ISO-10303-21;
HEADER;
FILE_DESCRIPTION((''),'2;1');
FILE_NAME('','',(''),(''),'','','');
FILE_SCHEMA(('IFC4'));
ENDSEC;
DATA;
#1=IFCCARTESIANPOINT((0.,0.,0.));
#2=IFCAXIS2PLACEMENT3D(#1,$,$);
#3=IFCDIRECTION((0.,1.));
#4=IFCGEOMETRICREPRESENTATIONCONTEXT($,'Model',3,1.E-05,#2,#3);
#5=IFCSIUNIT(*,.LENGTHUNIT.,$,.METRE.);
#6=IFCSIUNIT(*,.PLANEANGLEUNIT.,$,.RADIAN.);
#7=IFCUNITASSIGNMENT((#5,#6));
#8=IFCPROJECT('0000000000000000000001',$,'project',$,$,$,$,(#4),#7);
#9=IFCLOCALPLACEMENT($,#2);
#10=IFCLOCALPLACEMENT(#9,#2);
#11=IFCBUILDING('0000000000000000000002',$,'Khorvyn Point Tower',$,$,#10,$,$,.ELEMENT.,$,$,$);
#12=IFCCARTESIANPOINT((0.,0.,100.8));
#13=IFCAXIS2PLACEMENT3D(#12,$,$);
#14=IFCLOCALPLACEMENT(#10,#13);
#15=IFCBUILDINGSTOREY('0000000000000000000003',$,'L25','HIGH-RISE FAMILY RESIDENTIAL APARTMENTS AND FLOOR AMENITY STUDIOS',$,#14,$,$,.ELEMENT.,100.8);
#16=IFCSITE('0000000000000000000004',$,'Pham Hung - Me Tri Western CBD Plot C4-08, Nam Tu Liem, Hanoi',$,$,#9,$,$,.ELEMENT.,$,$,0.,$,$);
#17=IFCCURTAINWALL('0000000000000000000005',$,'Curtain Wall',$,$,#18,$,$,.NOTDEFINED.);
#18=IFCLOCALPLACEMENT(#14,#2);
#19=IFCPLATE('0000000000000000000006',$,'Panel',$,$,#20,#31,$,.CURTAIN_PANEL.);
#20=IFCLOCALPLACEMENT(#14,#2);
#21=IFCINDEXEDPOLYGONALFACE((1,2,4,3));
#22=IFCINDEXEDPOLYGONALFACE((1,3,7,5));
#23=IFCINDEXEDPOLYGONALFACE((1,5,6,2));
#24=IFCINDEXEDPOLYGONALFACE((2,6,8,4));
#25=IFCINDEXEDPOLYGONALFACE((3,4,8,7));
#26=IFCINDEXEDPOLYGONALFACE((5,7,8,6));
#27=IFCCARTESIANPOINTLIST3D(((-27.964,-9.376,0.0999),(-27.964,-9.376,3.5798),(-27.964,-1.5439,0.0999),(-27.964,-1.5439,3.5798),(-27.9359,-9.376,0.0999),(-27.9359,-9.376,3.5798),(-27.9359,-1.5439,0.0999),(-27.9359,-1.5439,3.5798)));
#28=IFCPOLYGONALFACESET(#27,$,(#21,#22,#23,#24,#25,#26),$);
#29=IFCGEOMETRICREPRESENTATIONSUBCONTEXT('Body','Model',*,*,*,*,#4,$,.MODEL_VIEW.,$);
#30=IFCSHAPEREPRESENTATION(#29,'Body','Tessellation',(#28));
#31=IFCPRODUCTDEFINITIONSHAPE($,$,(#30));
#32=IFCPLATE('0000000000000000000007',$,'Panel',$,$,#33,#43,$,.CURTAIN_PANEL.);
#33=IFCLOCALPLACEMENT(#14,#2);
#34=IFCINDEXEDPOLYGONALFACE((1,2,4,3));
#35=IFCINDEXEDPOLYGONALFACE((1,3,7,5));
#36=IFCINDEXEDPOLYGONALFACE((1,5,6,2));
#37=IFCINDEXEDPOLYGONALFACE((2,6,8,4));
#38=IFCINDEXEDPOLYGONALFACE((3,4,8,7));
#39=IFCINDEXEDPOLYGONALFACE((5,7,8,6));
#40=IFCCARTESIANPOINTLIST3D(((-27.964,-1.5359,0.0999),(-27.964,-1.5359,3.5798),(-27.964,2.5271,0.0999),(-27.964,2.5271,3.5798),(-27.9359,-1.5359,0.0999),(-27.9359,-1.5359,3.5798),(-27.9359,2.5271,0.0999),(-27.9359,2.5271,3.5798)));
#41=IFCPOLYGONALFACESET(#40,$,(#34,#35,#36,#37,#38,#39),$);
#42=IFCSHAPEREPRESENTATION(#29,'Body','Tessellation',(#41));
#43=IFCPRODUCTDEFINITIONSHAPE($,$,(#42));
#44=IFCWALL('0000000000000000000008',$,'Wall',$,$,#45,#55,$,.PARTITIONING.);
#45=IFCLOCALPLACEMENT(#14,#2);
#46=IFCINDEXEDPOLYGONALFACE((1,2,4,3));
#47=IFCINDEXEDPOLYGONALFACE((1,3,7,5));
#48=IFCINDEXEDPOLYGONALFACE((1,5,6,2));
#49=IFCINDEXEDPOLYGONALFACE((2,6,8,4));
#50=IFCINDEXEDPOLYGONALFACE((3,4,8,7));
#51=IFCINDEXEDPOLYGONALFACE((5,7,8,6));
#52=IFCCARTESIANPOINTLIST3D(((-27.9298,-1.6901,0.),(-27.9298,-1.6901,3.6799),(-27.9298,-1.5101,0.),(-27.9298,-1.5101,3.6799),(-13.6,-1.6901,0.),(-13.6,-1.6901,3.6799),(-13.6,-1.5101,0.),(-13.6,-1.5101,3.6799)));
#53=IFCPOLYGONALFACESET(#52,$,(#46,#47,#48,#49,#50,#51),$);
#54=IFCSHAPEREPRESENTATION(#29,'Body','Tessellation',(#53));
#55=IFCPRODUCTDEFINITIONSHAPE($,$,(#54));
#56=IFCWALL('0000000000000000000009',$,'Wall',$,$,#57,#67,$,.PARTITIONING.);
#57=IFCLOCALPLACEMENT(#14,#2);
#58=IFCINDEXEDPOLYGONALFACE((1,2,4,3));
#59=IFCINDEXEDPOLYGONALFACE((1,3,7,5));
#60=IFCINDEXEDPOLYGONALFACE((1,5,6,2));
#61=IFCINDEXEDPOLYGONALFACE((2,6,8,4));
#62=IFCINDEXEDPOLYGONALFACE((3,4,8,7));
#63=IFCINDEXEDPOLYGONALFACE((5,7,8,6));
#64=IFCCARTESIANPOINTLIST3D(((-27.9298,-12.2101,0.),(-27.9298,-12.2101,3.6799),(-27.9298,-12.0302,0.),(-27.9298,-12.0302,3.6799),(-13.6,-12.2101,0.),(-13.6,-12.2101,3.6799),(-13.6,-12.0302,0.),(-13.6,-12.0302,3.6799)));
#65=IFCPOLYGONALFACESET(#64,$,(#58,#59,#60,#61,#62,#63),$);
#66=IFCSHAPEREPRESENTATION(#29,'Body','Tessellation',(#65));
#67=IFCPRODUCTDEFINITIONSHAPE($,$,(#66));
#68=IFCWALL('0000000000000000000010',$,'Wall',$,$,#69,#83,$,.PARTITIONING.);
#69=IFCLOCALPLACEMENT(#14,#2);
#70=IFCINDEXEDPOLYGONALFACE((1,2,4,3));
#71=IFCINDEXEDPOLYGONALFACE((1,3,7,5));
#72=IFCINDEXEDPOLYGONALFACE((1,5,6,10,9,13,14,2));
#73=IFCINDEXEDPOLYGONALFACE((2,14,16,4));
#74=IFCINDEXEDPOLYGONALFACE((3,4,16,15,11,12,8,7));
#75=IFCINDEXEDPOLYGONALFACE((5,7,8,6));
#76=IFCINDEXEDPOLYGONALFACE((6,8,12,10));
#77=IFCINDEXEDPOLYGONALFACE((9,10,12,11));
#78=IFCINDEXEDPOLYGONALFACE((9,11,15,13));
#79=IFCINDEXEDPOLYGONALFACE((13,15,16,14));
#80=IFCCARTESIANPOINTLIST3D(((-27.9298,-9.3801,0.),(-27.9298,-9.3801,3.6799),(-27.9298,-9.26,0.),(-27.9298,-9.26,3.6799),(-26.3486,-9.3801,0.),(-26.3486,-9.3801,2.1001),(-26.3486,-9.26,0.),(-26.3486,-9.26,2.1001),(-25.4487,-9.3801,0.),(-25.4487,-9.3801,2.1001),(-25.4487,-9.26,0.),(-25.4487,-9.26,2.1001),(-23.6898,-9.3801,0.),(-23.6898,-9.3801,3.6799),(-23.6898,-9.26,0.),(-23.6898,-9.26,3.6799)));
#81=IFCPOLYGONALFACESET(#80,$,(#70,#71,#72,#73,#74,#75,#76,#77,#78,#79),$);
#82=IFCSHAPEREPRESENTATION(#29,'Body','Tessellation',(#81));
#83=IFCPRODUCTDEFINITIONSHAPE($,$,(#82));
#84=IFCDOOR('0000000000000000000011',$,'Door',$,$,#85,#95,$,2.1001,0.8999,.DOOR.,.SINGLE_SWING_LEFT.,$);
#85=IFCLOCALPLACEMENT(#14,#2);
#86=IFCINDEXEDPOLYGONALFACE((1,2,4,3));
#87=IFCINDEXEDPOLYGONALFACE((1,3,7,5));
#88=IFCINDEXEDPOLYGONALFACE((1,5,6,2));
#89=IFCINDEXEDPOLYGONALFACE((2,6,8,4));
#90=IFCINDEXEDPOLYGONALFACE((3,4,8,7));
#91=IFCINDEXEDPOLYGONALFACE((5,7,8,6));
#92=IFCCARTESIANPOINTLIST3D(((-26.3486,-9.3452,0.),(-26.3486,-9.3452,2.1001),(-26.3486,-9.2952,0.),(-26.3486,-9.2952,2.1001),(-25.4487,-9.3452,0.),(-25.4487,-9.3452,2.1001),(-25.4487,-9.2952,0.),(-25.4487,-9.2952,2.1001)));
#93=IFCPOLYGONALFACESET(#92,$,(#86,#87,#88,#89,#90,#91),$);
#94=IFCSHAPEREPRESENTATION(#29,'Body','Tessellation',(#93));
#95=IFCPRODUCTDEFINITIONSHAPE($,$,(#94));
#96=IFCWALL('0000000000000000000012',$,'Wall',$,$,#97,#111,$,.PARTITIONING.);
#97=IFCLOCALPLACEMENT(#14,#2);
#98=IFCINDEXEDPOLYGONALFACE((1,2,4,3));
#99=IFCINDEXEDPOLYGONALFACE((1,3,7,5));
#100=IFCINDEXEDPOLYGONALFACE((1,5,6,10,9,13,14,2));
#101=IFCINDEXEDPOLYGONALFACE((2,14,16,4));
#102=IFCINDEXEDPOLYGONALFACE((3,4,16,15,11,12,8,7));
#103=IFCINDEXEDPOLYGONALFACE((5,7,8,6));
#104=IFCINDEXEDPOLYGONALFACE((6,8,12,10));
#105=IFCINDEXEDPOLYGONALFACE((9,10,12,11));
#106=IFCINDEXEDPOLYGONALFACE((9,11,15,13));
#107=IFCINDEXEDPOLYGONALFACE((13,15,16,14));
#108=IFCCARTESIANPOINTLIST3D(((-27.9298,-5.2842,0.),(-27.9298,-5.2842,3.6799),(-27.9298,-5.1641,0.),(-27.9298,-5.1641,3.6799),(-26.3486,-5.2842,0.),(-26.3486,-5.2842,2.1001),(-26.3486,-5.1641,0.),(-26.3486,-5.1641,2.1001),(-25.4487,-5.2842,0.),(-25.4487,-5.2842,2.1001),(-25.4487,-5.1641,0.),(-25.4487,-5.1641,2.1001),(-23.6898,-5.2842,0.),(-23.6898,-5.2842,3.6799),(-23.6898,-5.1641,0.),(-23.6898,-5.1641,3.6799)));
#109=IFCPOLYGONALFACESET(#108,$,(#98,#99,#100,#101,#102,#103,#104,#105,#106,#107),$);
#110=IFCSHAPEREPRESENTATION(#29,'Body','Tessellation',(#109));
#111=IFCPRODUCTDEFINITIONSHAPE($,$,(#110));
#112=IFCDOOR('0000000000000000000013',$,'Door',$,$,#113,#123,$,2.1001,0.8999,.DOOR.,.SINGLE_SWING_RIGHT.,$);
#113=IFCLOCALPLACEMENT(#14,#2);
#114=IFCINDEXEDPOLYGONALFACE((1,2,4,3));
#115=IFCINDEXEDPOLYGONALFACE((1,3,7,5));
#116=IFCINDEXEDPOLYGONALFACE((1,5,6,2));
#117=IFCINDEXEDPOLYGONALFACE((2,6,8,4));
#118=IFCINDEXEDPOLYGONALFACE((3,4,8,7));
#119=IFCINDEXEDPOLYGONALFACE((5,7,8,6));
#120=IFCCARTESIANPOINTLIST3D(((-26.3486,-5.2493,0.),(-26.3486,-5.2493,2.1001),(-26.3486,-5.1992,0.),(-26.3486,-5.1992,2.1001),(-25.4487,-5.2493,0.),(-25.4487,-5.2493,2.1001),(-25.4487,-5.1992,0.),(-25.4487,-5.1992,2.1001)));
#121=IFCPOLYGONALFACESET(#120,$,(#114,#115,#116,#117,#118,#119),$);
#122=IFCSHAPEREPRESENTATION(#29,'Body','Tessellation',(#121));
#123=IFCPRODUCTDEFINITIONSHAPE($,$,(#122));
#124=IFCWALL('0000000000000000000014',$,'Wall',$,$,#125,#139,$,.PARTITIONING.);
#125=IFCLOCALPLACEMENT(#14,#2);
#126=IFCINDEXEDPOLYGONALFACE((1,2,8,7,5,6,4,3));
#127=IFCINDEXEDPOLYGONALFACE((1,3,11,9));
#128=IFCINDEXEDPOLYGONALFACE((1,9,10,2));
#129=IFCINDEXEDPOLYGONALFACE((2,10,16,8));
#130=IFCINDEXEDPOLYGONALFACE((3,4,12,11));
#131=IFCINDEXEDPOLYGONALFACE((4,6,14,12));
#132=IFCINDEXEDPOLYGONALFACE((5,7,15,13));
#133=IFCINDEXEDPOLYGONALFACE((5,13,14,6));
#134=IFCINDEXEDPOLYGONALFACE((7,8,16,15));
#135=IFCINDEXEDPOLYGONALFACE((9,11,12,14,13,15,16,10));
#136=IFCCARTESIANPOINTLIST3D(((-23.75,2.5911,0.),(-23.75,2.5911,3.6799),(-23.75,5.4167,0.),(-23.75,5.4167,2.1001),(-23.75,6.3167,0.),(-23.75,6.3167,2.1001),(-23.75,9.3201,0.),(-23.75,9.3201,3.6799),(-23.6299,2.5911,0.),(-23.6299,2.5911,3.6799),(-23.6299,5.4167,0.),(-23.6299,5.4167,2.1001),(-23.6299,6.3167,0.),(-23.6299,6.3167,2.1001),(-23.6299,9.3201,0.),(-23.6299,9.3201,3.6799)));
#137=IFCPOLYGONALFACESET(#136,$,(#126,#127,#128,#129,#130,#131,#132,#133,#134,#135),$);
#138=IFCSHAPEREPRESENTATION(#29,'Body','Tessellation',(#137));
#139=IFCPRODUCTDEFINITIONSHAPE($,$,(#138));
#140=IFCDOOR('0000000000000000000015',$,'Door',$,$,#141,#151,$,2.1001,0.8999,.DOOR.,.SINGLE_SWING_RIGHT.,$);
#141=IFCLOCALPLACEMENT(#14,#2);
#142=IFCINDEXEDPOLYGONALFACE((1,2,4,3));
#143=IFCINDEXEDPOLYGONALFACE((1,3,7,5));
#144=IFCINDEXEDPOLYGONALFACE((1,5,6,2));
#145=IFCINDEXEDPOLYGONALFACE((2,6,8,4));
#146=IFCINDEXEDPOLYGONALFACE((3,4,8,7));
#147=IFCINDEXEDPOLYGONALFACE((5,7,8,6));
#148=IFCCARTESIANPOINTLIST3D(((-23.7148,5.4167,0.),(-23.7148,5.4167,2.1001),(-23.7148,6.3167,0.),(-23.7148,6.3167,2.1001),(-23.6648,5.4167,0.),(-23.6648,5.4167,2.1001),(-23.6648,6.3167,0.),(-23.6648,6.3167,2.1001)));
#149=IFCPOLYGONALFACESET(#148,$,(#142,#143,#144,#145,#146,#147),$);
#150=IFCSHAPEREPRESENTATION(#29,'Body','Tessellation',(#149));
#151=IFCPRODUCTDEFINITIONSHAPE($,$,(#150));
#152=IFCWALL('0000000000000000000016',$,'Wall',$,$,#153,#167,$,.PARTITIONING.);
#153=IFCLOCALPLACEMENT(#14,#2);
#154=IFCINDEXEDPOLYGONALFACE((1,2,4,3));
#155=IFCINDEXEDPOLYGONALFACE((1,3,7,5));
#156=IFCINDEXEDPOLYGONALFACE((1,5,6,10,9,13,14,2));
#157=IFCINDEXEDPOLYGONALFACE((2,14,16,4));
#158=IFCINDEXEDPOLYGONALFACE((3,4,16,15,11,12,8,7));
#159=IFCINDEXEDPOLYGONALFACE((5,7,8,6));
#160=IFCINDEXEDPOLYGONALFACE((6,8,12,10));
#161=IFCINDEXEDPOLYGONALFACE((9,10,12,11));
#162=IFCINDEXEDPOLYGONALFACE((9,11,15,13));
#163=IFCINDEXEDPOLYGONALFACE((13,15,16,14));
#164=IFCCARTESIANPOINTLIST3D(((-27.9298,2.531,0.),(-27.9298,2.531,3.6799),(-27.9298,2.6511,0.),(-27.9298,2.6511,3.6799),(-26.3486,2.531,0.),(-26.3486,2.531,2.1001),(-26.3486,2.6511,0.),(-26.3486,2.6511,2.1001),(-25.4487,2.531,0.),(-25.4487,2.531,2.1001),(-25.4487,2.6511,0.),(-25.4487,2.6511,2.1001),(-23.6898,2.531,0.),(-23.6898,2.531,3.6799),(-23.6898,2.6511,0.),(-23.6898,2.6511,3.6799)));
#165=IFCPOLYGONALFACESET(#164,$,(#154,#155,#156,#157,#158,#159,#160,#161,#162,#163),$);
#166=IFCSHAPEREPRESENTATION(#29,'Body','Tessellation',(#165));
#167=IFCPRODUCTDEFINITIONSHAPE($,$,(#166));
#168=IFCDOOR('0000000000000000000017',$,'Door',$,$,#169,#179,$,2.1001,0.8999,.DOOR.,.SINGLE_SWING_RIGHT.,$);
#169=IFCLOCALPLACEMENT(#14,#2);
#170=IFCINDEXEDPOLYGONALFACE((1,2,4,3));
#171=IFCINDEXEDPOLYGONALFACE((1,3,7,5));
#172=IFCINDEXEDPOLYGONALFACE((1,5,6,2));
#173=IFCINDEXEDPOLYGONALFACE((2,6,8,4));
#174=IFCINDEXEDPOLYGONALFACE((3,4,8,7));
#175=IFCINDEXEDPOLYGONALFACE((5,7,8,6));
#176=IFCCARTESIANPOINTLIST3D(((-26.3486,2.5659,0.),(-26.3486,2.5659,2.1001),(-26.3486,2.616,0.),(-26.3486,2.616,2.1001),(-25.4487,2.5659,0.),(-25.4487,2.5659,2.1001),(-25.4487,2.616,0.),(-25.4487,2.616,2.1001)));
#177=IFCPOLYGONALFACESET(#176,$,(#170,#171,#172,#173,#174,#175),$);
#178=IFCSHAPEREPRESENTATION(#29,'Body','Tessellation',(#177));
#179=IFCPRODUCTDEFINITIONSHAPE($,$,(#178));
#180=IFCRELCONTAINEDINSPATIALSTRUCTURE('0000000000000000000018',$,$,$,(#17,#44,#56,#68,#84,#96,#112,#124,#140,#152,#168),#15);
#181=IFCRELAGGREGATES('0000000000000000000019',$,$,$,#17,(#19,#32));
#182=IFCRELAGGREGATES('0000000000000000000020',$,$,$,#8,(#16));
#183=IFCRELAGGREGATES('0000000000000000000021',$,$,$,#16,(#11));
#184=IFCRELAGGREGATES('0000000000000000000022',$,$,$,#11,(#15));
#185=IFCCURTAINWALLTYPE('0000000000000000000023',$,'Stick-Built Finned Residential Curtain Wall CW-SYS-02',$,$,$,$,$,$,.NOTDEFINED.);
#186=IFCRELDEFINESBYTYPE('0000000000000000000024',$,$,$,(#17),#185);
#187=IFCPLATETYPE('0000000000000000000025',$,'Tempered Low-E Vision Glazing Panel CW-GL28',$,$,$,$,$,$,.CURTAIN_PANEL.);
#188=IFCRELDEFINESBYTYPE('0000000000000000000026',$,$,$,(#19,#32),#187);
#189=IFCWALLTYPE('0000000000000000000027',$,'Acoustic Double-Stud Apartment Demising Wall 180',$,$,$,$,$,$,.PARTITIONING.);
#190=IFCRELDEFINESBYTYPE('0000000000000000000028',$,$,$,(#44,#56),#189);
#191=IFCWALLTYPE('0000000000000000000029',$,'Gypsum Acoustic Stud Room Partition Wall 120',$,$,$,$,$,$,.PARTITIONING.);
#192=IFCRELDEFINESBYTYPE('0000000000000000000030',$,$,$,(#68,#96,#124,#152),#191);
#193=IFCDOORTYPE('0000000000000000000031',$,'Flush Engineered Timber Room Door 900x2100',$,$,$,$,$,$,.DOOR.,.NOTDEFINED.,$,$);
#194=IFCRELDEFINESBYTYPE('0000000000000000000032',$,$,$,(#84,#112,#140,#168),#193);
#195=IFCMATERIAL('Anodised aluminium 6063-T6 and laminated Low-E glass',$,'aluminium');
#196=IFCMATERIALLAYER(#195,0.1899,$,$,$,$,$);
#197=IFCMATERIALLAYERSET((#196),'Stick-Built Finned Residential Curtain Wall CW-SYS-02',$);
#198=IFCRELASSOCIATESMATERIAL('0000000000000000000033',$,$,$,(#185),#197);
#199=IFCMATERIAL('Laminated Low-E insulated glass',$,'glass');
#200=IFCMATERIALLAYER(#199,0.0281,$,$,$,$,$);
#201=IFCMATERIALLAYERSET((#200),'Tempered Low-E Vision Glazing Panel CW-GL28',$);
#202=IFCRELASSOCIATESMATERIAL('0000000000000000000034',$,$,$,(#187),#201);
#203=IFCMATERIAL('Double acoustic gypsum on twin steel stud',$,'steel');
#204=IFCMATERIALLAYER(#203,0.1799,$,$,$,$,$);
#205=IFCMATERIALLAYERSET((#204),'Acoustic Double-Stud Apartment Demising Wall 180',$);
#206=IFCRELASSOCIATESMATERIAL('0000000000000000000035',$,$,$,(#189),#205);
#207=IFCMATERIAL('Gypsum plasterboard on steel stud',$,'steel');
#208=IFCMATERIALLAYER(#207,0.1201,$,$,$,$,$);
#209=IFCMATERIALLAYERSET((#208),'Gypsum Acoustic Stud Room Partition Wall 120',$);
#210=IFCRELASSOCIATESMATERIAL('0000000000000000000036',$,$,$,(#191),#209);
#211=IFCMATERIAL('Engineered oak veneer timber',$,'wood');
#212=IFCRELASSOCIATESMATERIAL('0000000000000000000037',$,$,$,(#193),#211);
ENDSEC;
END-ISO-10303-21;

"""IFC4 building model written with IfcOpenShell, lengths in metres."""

from ifc_helpers import new_model, si_unit, direction, frame, frame_2d, origin, origin_2d, place, context, subcontext, project, spatial, rectangle, extrude, material, layer, layer_set, type_object, element, fill, aggregate, save


model = new_model("IFC4")

# Units and contexts
model_context = context("Model", 3, precision=1e-05, world=origin(), true_north=direction((0.0, 1.0)))
body_context = subcontext(model_context, "Body", "Model", "MODEL_VIEW")
ifc_project = project(units=[si_unit("LENGTHUNIT", "METRE"), si_unit("PLANEANGLEUNIT", "RADIAN")], contexts=[model_context])

# Site, building, storey
site_placement = place(None, origin())
site = spatial("IfcSite", under=ifc_project, at=site_placement, Name="Pham Hung - Me Tri Western CBD Plot C4-08, Nam Tu Liem, Hanoi", CompositionType="ELEMENT", RefElevation=0.0)
building_placement = place(site_placement, origin())
building = spatial("IfcBuilding", under=site, at=building_placement, Name="Khorvyn Point Tower", CompositionType="ELEMENT")
storey_placement = place(building_placement, frame((0.0, 0.0, 100.8)))
storey = spatial("IfcBuildingStorey", under=building, at=storey_placement, Name="L25", Description="HIGH-RISE FAMILY RESIDENTIAL APARTMENTS AND FLOOR AMENITY STUDIOS", CompositionType="ELEMENT", Elevation=100.8)

# Curtain wall, plates
ifc_material_1 = material(Name="Anodised aluminium 6063-T6 and laminated Low-E glass", Category="aluminium")
ifc_layer_1 = layer(ifc_material_1, 0.1899)
ifc_layer_set_1 = layer_set([ifc_layer_1], Name="Stick-Built Finned Residential Curtain Wall CW-SYS-02")
curtain_wall_type = type_object("IfcCurtainWallType", Name="Stick-Built Finned Residential Curtain Wall CW-SYS-02", PredefinedType="NOTDEFINED", material=ifc_layer_set_1)
curtain_wall_placement = place(storey_placement, origin())
curtain_wall = element("IfcCurtainWall", 1, at=curtain_wall_placement, inside=storey, type_object=curtain_wall_type, Name="Curtain Wall", PredefinedType="NOTDEFINED")
ifc_material_2 = material(Name="Laminated Low-E insulated glass", Category="glass")
ifc_layer_2 = layer(ifc_material_2, 0.0281)
ifc_layer_set_2 = layer_set([ifc_layer_2], Name="Tempered Low-E Vision Glazing Panel CW-GL28")
plate_type = type_object("IfcPlateType", Name="Tempered Low-E Vision Glazing Panel CW-GL28", PredefinedType="CURTAIN_PANEL", material=ifc_layer_set_2)
plate_1_placement = place(storey_placement, frame((-27.95, -5.46, 0.0999), z_axis=(0.0, 0.0, 1.0), x_axis=(0.0, 1.0, 0.0)))
plate_1 = element("IfcPlate", 2, at=plate_1_placement, type_object=plate_type, Name="Panel", PredefinedType="CURTAIN_PANEL", context=body_context, shape_type="SweptSolid", body=[
    extrude(rectangle(XDim=7.832, YDim=0.0281, at=origin_2d()), origin(), (0.0, 0.0, 1.0), 3.48),
])
plate_2_placement = place(storey_placement, frame((-27.95, 0.4956, 0.0999), z_axis=(0.0, 0.0, 1.0), x_axis=(0.0, 1.0, 0.0)))
plate_2 = element("IfcPlate", 3, at=plate_2_placement, type_object=plate_type, Name="Panel", PredefinedType="CURTAIN_PANEL", context=body_context, shape_type="SweptSolid", body=[
    extrude(rectangle(XDim=4.063, YDim=0.0281, at=origin_2d()), origin(), (0.0, 0.0, 1.0), 3.48),
])
aggregate(curtain_wall, [plate_1, plate_2])

# Walls
ifc_material_3 = material(Name="Double acoustic gypsum on twin steel stud", Category="steel")
ifc_layer_3 = layer(ifc_material_3, 0.1799)
ifc_layer_set_3 = layer_set([ifc_layer_3], Name="Acoustic Double-Stud Apartment Demising Wall 180")
wall_type_1 = type_object("IfcWallType", Name="Acoustic Double-Stud Apartment Demising Wall 180", PredefinedType="PARTITIONING", material=ifc_layer_set_3)
for number, where, z_axis, x_axis, name in (
    (4, (-27.9299, -1.6001, 0.0), (0.0, 0.0, 1.0), (1.0, 0.0, 0.0), "Wall"),
    (5, (-27.9299, -12.1201, 0.0), (0.0, 0.0, 1.0), (1.0, 0.0, 0.0), "Wall"),
):
    element("IfcWall", number, at=place(storey_placement, frame(where, z_axis=z_axis, x_axis=x_axis)), inside=storey, type_object=wall_type_1, Name=name, PredefinedType="PARTITIONING", context=body_context, shape_type="SweptSolid", body=[
        extrude(rectangle(XDim=14.3298, YDim=0.1799, at=frame_2d((7.165, 0.0))), origin(), (0.0, 0.0, 1.0), 3.6799),
    ])

# Walls, openings, doors
ifc_material_4 = material(Name="Gypsum plasterboard on steel stud", Category="steel")
ifc_layer_4 = layer(ifc_material_4, 0.1201)
ifc_layer_set_4 = layer_set([ifc_layer_4], Name="Gypsum Acoustic Stud Room Partition Wall 120")
wall_type_2 = type_object("IfcWallType", Name="Gypsum Acoustic Stud Room Partition Wall 120", PredefinedType="PARTITIONING", material=ifc_layer_set_4)
wall_1_placement = place(storey_placement, frame((-27.9299, -9.3201, 0.0), z_axis=(0.0, 0.0, 1.0), x_axis=(1.0, 0.0, 0.0)))
wall_1 = element("IfcWall", 6, at=wall_1_placement, inside=storey, type_object=wall_type_2, Name="Wall", PredefinedType="PARTITIONING", context=body_context, shape_type="SweptSolid", body=[
    extrude(rectangle(XDim=4.24, YDim=0.1201, at=frame_2d((2.1201, 0.0))), origin(), (0.0, 0.0, 1.0), 3.6799),
])
opening_1_placement = place(wall_1_placement, frame((1.5813, 0.0, 0.0)))
opening_1 = element("IfcOpeningElement", 7, at=opening_1_placement, cuts=wall_1, PredefinedType="OPENING", context=body_context, shape_type="SweptSolid", body=[
    extrude(rectangle(XDim=0.8999, YDim=2.1001, at=frame_2d((0.45, 1.05))), frame((0.0, 0.0701, 0.0), z_axis=(0.0, -1.0, 0.0), x_axis=(1.0, 0.0, 0.0)), (0.0, 0.0, 1.0), 0.1401),
])
ifc_material_5 = material(Name="Engineered oak veneer timber", Category="wood")
door_type_1 = type_object("IfcDoorType", Name="Flush Engineered Timber Room Door 900x2100", OperationType="NOTDEFINED", PredefinedType="DOOR", material=ifc_material_5)
door_1_placement = place(opening_1_placement, origin())
door_1 = element("IfcDoor", 8, at=door_1_placement, inside=storey, type_object=door_type_1, Name="Door", OperationType="SINGLE_SWING_LEFT", OverallHeight=2.1001, OverallWidth=0.8999, PredefinedType="DOOR", context=body_context, shape_type="SweptSolid", body=[
    extrude(rectangle(XDim=0.8999, YDim=2.1001, at=frame_2d((0.45, 1.05))), frame((0.0, 0.0249, 0.0), z_axis=(0.0, -1.0, 0.0), x_axis=(1.0, 0.0, 0.0)), (0.0, 0.0, 1.0), 0.05),
])
fill(opening_1, door_1)
wall_2_placement = place(storey_placement, frame((-27.9299, -5.2241, 0.0), z_axis=(0.0, 0.0, 1.0), x_axis=(1.0, 0.0, 0.0)))
wall_2 = element("IfcWall", 9, at=wall_2_placement, inside=storey, type_object=wall_type_2, Name="Wall", PredefinedType="PARTITIONING", context=body_context, shape_type="SweptSolid", body=[
    extrude(rectangle(XDim=4.24, YDim=0.1201, at=frame_2d((2.1201, 0.0))), origin(), (0.0, 0.0, 1.0), 3.6799),
])
opening_2_placement = place(wall_2_placement, frame((1.5813, 0.0, 0.0)))
opening_2 = element("IfcOpeningElement", 10, at=opening_2_placement, cuts=wall_2, PredefinedType="OPENING", context=body_context, shape_type="SweptSolid", body=[
    extrude(rectangle(XDim=0.8999, YDim=2.1001, at=frame_2d((0.45, 1.05))), frame((0.0, 0.0701, 0.0), z_axis=(0.0, -1.0, 0.0), x_axis=(1.0, 0.0, 0.0)), (0.0, 0.0, 1.0), 0.1401),
])
door_2_placement = place(opening_2_placement, origin())
door_2 = element("IfcDoor", 11, at=door_2_placement, inside=storey, type_object=door_type_1, Name="Door", OperationType="SINGLE_SWING_RIGHT", OverallHeight=2.1001, OverallWidth=0.8999, PredefinedType="DOOR", context=body_context, shape_type="SweptSolid", body=[
    extrude(rectangle(XDim=0.8999, YDim=2.1001, at=frame_2d((0.45, 1.05))), frame((0.0, 0.0249, 0.0), z_axis=(0.0, -1.0, 0.0), x_axis=(1.0, 0.0, 0.0)), (0.0, 0.0, 1.0), 0.05),
])
fill(opening_2, door_2)
wall_3_placement = place(storey_placement, frame((-23.6899, 2.5911, 0.0), z_axis=(0.0, 0.0, 1.0), x_axis=(0.0, 1.0, 0.0)))
wall_3 = element("IfcWall", 12, at=wall_3_placement, inside=storey, type_object=wall_type_2, Name="Wall", PredefinedType="PARTITIONING", context=body_context, shape_type="SweptSolid", body=[
    extrude(rectangle(XDim=6.729, YDim=0.1201, at=frame_2d((3.3645, 0.0))), origin(), (0.0, 0.0, 1.0), 3.6799),
])
opening_3_placement = place(wall_3_placement, frame((2.8257, 0.0, 0.0)))
opening_3 = element("IfcOpeningElement", 13, at=opening_3_placement, cuts=wall_3, PredefinedType="OPENING", context=body_context, shape_type="SweptSolid", body=[
    extrude(rectangle(XDim=0.8999, YDim=2.1001, at=frame_2d((0.45, 1.05))), frame((0.0, 0.0701, 0.0), z_axis=(0.0, -1.0, 0.0), x_axis=(1.0, 0.0, 0.0)), (0.0, 0.0, 1.0), 0.1401),
])
door_3_placement = place(opening_3_placement, origin())
door_3 = element("IfcDoor", 14, at=door_3_placement, inside=storey, type_object=door_type_1, Name="Door", OperationType="SINGLE_SWING_RIGHT", OverallHeight=2.1001, OverallWidth=0.8999, PredefinedType="DOOR", context=body_context, shape_type="SweptSolid", body=[
    extrude(rectangle(XDim=0.8999, YDim=2.1001, at=frame_2d((0.45, 1.05))), frame((0.0, 0.0249, 0.0), z_axis=(0.0, -1.0, 0.0), x_axis=(1.0, 0.0, 0.0)), (0.0, 0.0, 1.0), 0.05),
])
fill(opening_3, door_3)
wall_4_placement = place(storey_placement, frame((-27.9299, 2.5911, 0.0), z_axis=(0.0, 0.0, 1.0), x_axis=(1.0, 0.0, 0.0)))
wall_4 = element("IfcWall", 15, at=wall_4_placement, inside=storey, type_object=wall_type_2, Name="Wall", PredefinedType="PARTITIONING", context=body_context, shape_type="SweptSolid", body=[
    extrude(rectangle(XDim=4.24, YDim=0.1201, at=frame_2d((2.1201, 0.0))), origin(), (0.0, 0.0, 1.0), 3.6799),
])
opening_4_placement = place(wall_4_placement, frame((1.5813, 0.0, 0.0)))
opening_4 = element("IfcOpeningElement", 16, at=opening_4_placement, cuts=wall_4, PredefinedType="OPENING", context=body_context, shape_type="SweptSolid", body=[
    extrude(rectangle(XDim=0.8999, YDim=2.1001, at=frame_2d((0.45, 1.05))), frame((0.0, 0.0701, 0.0), z_axis=(0.0, -1.0, 0.0), x_axis=(1.0, 0.0, 0.0)), (0.0, 0.0, 1.0), 0.1401),
])
door_4_placement = place(opening_4_placement, origin())
door_4 = element("IfcDoor", 17, at=door_4_placement, inside=storey, type_object=door_type_1, Name="Door", OperationType="SINGLE_SWING_RIGHT", OverallHeight=2.1001, OverallWidth=0.8999, PredefinedType="DOOR", context=body_context, shape_type="SweptSolid", body=[
    extrude(rectangle(XDim=0.8999, YDim=2.1001, at=frame_2d((0.45, 1.05))), frame((0.0, 0.0249, 0.0), z_axis=(0.0, -1.0, 0.0), x_axis=(1.0, 0.0, 0.0)), (0.0, 0.0, 1.0), 0.05),
])
fill(opening_4, door_4)

save(model, "model.ifc")
